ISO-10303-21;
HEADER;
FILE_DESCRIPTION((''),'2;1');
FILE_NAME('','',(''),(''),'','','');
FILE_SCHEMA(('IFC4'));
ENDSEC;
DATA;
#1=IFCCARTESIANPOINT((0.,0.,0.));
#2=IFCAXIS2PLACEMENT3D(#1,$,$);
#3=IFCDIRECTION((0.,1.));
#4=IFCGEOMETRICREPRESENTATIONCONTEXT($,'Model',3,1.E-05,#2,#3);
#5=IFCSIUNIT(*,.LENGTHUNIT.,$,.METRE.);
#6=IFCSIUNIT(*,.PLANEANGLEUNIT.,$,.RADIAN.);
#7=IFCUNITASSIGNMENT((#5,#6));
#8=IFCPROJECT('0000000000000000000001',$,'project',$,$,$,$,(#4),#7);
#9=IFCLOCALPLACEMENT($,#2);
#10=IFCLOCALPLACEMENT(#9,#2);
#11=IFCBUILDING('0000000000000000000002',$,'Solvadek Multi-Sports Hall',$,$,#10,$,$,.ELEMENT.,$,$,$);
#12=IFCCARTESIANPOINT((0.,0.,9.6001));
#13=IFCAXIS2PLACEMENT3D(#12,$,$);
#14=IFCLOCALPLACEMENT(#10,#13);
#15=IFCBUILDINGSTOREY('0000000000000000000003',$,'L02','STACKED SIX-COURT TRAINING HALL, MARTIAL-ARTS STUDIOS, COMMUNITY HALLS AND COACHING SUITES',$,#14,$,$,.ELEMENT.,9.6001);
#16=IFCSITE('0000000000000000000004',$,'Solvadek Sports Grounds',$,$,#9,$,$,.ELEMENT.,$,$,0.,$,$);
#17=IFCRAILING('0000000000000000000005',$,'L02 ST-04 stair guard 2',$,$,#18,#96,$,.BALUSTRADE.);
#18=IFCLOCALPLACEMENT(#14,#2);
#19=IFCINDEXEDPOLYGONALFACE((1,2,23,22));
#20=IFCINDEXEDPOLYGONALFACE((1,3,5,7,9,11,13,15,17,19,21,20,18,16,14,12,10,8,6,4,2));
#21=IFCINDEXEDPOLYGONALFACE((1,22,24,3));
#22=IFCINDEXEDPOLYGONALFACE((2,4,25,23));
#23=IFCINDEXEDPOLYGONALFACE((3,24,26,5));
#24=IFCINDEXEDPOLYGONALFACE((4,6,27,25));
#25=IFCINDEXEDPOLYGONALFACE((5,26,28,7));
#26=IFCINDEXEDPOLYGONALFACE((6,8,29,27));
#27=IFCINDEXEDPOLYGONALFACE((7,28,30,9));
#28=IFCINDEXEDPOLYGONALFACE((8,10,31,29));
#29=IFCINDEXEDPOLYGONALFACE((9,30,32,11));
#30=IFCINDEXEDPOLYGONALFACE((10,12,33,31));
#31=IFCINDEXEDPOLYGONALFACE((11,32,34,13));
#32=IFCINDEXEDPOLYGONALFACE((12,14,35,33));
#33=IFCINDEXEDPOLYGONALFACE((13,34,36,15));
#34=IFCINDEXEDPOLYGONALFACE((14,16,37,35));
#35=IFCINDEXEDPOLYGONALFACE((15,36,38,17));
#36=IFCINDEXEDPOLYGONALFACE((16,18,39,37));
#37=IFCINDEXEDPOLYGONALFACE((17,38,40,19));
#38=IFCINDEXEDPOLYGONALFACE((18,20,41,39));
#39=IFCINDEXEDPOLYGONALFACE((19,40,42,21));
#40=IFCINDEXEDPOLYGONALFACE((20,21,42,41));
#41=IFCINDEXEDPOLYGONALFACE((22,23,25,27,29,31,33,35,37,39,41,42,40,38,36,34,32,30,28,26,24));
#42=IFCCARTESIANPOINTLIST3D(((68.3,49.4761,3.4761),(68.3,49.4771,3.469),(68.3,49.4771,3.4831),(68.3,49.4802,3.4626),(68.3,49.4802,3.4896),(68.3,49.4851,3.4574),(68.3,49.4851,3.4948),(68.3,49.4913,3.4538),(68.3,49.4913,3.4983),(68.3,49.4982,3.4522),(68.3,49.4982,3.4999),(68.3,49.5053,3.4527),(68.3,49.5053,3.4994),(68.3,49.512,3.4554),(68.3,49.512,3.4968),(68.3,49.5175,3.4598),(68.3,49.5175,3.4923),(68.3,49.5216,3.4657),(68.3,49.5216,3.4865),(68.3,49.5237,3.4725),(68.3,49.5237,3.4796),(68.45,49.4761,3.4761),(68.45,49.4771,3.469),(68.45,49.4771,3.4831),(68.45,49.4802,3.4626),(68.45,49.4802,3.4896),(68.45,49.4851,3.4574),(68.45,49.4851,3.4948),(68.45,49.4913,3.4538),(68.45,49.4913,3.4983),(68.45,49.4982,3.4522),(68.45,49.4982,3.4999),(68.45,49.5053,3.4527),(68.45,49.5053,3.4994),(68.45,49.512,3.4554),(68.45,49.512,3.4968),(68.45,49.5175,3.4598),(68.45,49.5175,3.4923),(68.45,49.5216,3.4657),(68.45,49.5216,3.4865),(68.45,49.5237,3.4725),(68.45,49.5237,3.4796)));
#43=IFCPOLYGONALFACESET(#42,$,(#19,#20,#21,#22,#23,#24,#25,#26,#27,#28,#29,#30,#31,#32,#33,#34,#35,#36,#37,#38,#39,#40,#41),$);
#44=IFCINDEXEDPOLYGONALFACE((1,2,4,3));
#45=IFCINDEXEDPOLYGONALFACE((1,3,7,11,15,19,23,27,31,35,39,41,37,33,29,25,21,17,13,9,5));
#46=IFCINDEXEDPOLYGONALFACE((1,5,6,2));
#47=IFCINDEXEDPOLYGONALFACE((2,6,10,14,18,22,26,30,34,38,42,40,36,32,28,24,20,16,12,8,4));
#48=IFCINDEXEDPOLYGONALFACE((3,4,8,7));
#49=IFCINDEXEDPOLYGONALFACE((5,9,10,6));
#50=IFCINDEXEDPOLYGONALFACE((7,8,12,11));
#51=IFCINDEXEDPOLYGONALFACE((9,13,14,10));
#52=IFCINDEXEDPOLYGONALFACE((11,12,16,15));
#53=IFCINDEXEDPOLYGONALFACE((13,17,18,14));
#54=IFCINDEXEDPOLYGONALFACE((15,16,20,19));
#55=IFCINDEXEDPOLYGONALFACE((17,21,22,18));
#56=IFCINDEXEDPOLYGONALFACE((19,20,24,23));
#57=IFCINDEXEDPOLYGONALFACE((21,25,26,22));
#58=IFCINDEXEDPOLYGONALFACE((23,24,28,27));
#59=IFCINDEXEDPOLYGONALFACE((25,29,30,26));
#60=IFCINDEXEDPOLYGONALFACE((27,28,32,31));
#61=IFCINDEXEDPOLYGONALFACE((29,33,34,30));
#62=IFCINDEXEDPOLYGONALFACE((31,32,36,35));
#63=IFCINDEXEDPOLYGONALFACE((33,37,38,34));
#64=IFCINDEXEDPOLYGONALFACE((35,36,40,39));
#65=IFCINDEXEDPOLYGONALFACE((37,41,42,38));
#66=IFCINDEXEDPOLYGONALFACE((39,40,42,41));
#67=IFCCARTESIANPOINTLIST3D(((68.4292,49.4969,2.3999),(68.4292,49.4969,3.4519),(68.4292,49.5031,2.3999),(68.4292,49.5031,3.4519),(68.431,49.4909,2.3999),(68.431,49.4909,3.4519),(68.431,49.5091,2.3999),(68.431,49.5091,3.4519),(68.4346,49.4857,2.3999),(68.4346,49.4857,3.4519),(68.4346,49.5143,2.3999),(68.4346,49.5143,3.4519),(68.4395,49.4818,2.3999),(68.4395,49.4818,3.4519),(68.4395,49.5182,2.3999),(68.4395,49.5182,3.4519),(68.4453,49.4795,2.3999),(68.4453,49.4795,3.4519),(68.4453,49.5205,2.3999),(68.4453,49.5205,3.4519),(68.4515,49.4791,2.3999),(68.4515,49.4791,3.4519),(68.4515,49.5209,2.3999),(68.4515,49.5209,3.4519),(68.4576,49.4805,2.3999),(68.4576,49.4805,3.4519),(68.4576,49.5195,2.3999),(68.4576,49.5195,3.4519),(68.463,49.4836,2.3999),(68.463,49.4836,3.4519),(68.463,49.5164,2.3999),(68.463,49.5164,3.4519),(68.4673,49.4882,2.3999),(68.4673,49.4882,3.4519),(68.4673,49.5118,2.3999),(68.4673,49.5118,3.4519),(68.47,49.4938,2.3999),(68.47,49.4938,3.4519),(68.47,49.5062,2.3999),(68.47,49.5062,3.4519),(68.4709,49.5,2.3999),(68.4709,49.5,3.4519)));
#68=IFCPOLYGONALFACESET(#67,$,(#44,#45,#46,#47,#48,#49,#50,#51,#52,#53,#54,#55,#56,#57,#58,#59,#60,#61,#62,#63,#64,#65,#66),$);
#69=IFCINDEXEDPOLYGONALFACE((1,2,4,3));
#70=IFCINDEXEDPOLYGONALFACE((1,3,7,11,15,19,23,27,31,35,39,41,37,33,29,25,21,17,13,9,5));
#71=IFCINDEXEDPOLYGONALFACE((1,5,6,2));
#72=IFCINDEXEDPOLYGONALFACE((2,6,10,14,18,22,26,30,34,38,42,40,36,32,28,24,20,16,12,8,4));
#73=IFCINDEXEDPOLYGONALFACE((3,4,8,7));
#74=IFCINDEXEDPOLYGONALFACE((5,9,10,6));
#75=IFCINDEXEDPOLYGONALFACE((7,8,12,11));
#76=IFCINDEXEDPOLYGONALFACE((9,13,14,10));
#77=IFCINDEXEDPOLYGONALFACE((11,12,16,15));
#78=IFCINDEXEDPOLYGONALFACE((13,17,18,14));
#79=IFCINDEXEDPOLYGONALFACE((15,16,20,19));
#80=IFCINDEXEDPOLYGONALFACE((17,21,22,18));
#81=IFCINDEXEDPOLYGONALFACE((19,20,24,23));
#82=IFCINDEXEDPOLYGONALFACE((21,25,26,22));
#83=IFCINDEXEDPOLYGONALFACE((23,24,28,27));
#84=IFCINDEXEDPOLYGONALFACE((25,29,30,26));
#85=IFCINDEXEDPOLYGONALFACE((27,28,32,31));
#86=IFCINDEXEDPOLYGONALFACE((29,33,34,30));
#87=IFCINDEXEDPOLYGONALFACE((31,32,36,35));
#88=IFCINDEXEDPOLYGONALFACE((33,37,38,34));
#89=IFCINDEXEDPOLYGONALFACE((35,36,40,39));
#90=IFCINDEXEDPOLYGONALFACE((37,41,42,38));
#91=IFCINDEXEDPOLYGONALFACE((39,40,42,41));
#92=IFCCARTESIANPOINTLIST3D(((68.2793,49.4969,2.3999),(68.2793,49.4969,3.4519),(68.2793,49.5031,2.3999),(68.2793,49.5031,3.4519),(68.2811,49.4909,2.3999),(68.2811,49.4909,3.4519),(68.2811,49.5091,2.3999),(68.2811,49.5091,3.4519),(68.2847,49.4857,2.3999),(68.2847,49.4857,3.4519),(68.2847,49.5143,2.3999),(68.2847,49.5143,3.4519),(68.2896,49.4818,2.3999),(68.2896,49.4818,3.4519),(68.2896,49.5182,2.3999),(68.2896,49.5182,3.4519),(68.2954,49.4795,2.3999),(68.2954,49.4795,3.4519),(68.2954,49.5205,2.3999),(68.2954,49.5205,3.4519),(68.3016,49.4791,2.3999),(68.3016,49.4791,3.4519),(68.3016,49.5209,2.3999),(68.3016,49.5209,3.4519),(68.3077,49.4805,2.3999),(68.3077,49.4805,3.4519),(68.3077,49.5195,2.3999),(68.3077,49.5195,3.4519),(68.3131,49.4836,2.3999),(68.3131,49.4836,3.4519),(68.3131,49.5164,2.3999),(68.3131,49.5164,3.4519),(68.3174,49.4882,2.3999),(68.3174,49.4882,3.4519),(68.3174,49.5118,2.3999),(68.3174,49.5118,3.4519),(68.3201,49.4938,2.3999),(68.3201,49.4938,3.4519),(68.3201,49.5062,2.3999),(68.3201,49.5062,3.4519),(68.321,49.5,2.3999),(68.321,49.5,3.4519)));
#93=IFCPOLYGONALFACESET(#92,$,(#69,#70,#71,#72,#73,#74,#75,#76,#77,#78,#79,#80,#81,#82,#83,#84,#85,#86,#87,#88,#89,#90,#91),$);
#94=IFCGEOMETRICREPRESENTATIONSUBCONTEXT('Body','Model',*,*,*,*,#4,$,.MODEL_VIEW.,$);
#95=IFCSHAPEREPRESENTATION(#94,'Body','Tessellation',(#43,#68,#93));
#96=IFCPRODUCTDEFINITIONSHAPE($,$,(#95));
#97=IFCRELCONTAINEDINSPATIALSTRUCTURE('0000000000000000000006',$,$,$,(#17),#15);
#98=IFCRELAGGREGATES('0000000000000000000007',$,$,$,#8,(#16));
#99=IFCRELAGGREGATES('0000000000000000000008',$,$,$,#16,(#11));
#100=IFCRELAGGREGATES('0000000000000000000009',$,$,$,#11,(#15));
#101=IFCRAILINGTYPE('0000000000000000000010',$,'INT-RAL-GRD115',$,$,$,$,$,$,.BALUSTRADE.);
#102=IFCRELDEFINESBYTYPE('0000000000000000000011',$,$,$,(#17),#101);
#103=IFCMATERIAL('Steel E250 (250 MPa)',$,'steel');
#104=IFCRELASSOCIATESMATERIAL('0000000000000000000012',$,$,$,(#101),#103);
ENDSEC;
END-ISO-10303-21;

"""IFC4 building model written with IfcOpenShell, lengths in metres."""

from ifc_helpers import new_model, si_unit, direction, frame, origin, origin_2d, place, context, subcontext, project, spatial, circle, extrude, material, type_object, element, save


model = new_model("IFC4")

# Units and contexts
model_context = context("Model", 3, precision=1e-05, world=origin(), true_north=direction((0.0, 1.0)))
body_context = subcontext(model_context, "Body", "Model", "MODEL_VIEW")
ifc_project = project(units=[si_unit("LENGTHUNIT", "METRE"), si_unit("PLANEANGLEUNIT", "RADIAN")], contexts=[model_context])

# Site, building, storey
site_placement = place(None, origin())
site = spatial("IfcSite", under=ifc_project, at=site_placement, Name="Solvadek Sports Grounds", CompositionType="ELEMENT", RefElevation=0.0)
building_placement = place(site_placement, origin())
building = spatial("IfcBuilding", under=site, at=building_placement, Name="Solvadek Multi-Sports Hall", CompositionType="ELEMENT")
storey_placement = place(building_placement, frame((0.0, 0.0, 9.6001)))
storey = spatial("IfcBuildingStorey", under=building, at=storey_placement, Name="L02", Description="STACKED SIX-COURT TRAINING HALL, MARTIAL-ARTS STUDIOS, COMMUNITY HALLS AND COACHING SUITES", CompositionType="ELEMENT", Elevation=9.6001)

# Shared definitions
ifc_material_1 = material(Name="Steel E250 (250 MPa)", Category="steel")

# Railing
railing_type_1 = type_object("IfcRailingType", Name="INT-RAL-GRD115", PredefinedType="BALUSTRADE", material=ifc_material_1)
railing_1_placement = place(storey_placement, frame((68.45, 49.5, 2.3999)))
element("IfcRailing", 1, at=railing_1_placement, inside=storey, type_object=railing_type_1, Name="L02 ST-04 stair guard 2", PredefinedType="BALUSTRADE", context=body_context, shape_type="SweptSolid", body=[
    extrude(circle(Radius=0.0239, at=origin_2d()), frame((0.0, 0.0, 1.0762), z_axis=(-1.0, 0.0, 0.0), x_axis=(0.0, -1.0, 0.0)), (0.0, 0.0, 1.0), 0.1499),
    extrude(circle(Radius=0.021, at=origin_2d()), origin(), (0.0, 0.0, 1.0), 1.052),
    extrude(circle(Radius=0.021, at=origin_2d()), frame((-0.1499, 0.0, 0.0)), (0.0, 0.0, 1.0), 1.052),
])

save(model, "model.ifc")
